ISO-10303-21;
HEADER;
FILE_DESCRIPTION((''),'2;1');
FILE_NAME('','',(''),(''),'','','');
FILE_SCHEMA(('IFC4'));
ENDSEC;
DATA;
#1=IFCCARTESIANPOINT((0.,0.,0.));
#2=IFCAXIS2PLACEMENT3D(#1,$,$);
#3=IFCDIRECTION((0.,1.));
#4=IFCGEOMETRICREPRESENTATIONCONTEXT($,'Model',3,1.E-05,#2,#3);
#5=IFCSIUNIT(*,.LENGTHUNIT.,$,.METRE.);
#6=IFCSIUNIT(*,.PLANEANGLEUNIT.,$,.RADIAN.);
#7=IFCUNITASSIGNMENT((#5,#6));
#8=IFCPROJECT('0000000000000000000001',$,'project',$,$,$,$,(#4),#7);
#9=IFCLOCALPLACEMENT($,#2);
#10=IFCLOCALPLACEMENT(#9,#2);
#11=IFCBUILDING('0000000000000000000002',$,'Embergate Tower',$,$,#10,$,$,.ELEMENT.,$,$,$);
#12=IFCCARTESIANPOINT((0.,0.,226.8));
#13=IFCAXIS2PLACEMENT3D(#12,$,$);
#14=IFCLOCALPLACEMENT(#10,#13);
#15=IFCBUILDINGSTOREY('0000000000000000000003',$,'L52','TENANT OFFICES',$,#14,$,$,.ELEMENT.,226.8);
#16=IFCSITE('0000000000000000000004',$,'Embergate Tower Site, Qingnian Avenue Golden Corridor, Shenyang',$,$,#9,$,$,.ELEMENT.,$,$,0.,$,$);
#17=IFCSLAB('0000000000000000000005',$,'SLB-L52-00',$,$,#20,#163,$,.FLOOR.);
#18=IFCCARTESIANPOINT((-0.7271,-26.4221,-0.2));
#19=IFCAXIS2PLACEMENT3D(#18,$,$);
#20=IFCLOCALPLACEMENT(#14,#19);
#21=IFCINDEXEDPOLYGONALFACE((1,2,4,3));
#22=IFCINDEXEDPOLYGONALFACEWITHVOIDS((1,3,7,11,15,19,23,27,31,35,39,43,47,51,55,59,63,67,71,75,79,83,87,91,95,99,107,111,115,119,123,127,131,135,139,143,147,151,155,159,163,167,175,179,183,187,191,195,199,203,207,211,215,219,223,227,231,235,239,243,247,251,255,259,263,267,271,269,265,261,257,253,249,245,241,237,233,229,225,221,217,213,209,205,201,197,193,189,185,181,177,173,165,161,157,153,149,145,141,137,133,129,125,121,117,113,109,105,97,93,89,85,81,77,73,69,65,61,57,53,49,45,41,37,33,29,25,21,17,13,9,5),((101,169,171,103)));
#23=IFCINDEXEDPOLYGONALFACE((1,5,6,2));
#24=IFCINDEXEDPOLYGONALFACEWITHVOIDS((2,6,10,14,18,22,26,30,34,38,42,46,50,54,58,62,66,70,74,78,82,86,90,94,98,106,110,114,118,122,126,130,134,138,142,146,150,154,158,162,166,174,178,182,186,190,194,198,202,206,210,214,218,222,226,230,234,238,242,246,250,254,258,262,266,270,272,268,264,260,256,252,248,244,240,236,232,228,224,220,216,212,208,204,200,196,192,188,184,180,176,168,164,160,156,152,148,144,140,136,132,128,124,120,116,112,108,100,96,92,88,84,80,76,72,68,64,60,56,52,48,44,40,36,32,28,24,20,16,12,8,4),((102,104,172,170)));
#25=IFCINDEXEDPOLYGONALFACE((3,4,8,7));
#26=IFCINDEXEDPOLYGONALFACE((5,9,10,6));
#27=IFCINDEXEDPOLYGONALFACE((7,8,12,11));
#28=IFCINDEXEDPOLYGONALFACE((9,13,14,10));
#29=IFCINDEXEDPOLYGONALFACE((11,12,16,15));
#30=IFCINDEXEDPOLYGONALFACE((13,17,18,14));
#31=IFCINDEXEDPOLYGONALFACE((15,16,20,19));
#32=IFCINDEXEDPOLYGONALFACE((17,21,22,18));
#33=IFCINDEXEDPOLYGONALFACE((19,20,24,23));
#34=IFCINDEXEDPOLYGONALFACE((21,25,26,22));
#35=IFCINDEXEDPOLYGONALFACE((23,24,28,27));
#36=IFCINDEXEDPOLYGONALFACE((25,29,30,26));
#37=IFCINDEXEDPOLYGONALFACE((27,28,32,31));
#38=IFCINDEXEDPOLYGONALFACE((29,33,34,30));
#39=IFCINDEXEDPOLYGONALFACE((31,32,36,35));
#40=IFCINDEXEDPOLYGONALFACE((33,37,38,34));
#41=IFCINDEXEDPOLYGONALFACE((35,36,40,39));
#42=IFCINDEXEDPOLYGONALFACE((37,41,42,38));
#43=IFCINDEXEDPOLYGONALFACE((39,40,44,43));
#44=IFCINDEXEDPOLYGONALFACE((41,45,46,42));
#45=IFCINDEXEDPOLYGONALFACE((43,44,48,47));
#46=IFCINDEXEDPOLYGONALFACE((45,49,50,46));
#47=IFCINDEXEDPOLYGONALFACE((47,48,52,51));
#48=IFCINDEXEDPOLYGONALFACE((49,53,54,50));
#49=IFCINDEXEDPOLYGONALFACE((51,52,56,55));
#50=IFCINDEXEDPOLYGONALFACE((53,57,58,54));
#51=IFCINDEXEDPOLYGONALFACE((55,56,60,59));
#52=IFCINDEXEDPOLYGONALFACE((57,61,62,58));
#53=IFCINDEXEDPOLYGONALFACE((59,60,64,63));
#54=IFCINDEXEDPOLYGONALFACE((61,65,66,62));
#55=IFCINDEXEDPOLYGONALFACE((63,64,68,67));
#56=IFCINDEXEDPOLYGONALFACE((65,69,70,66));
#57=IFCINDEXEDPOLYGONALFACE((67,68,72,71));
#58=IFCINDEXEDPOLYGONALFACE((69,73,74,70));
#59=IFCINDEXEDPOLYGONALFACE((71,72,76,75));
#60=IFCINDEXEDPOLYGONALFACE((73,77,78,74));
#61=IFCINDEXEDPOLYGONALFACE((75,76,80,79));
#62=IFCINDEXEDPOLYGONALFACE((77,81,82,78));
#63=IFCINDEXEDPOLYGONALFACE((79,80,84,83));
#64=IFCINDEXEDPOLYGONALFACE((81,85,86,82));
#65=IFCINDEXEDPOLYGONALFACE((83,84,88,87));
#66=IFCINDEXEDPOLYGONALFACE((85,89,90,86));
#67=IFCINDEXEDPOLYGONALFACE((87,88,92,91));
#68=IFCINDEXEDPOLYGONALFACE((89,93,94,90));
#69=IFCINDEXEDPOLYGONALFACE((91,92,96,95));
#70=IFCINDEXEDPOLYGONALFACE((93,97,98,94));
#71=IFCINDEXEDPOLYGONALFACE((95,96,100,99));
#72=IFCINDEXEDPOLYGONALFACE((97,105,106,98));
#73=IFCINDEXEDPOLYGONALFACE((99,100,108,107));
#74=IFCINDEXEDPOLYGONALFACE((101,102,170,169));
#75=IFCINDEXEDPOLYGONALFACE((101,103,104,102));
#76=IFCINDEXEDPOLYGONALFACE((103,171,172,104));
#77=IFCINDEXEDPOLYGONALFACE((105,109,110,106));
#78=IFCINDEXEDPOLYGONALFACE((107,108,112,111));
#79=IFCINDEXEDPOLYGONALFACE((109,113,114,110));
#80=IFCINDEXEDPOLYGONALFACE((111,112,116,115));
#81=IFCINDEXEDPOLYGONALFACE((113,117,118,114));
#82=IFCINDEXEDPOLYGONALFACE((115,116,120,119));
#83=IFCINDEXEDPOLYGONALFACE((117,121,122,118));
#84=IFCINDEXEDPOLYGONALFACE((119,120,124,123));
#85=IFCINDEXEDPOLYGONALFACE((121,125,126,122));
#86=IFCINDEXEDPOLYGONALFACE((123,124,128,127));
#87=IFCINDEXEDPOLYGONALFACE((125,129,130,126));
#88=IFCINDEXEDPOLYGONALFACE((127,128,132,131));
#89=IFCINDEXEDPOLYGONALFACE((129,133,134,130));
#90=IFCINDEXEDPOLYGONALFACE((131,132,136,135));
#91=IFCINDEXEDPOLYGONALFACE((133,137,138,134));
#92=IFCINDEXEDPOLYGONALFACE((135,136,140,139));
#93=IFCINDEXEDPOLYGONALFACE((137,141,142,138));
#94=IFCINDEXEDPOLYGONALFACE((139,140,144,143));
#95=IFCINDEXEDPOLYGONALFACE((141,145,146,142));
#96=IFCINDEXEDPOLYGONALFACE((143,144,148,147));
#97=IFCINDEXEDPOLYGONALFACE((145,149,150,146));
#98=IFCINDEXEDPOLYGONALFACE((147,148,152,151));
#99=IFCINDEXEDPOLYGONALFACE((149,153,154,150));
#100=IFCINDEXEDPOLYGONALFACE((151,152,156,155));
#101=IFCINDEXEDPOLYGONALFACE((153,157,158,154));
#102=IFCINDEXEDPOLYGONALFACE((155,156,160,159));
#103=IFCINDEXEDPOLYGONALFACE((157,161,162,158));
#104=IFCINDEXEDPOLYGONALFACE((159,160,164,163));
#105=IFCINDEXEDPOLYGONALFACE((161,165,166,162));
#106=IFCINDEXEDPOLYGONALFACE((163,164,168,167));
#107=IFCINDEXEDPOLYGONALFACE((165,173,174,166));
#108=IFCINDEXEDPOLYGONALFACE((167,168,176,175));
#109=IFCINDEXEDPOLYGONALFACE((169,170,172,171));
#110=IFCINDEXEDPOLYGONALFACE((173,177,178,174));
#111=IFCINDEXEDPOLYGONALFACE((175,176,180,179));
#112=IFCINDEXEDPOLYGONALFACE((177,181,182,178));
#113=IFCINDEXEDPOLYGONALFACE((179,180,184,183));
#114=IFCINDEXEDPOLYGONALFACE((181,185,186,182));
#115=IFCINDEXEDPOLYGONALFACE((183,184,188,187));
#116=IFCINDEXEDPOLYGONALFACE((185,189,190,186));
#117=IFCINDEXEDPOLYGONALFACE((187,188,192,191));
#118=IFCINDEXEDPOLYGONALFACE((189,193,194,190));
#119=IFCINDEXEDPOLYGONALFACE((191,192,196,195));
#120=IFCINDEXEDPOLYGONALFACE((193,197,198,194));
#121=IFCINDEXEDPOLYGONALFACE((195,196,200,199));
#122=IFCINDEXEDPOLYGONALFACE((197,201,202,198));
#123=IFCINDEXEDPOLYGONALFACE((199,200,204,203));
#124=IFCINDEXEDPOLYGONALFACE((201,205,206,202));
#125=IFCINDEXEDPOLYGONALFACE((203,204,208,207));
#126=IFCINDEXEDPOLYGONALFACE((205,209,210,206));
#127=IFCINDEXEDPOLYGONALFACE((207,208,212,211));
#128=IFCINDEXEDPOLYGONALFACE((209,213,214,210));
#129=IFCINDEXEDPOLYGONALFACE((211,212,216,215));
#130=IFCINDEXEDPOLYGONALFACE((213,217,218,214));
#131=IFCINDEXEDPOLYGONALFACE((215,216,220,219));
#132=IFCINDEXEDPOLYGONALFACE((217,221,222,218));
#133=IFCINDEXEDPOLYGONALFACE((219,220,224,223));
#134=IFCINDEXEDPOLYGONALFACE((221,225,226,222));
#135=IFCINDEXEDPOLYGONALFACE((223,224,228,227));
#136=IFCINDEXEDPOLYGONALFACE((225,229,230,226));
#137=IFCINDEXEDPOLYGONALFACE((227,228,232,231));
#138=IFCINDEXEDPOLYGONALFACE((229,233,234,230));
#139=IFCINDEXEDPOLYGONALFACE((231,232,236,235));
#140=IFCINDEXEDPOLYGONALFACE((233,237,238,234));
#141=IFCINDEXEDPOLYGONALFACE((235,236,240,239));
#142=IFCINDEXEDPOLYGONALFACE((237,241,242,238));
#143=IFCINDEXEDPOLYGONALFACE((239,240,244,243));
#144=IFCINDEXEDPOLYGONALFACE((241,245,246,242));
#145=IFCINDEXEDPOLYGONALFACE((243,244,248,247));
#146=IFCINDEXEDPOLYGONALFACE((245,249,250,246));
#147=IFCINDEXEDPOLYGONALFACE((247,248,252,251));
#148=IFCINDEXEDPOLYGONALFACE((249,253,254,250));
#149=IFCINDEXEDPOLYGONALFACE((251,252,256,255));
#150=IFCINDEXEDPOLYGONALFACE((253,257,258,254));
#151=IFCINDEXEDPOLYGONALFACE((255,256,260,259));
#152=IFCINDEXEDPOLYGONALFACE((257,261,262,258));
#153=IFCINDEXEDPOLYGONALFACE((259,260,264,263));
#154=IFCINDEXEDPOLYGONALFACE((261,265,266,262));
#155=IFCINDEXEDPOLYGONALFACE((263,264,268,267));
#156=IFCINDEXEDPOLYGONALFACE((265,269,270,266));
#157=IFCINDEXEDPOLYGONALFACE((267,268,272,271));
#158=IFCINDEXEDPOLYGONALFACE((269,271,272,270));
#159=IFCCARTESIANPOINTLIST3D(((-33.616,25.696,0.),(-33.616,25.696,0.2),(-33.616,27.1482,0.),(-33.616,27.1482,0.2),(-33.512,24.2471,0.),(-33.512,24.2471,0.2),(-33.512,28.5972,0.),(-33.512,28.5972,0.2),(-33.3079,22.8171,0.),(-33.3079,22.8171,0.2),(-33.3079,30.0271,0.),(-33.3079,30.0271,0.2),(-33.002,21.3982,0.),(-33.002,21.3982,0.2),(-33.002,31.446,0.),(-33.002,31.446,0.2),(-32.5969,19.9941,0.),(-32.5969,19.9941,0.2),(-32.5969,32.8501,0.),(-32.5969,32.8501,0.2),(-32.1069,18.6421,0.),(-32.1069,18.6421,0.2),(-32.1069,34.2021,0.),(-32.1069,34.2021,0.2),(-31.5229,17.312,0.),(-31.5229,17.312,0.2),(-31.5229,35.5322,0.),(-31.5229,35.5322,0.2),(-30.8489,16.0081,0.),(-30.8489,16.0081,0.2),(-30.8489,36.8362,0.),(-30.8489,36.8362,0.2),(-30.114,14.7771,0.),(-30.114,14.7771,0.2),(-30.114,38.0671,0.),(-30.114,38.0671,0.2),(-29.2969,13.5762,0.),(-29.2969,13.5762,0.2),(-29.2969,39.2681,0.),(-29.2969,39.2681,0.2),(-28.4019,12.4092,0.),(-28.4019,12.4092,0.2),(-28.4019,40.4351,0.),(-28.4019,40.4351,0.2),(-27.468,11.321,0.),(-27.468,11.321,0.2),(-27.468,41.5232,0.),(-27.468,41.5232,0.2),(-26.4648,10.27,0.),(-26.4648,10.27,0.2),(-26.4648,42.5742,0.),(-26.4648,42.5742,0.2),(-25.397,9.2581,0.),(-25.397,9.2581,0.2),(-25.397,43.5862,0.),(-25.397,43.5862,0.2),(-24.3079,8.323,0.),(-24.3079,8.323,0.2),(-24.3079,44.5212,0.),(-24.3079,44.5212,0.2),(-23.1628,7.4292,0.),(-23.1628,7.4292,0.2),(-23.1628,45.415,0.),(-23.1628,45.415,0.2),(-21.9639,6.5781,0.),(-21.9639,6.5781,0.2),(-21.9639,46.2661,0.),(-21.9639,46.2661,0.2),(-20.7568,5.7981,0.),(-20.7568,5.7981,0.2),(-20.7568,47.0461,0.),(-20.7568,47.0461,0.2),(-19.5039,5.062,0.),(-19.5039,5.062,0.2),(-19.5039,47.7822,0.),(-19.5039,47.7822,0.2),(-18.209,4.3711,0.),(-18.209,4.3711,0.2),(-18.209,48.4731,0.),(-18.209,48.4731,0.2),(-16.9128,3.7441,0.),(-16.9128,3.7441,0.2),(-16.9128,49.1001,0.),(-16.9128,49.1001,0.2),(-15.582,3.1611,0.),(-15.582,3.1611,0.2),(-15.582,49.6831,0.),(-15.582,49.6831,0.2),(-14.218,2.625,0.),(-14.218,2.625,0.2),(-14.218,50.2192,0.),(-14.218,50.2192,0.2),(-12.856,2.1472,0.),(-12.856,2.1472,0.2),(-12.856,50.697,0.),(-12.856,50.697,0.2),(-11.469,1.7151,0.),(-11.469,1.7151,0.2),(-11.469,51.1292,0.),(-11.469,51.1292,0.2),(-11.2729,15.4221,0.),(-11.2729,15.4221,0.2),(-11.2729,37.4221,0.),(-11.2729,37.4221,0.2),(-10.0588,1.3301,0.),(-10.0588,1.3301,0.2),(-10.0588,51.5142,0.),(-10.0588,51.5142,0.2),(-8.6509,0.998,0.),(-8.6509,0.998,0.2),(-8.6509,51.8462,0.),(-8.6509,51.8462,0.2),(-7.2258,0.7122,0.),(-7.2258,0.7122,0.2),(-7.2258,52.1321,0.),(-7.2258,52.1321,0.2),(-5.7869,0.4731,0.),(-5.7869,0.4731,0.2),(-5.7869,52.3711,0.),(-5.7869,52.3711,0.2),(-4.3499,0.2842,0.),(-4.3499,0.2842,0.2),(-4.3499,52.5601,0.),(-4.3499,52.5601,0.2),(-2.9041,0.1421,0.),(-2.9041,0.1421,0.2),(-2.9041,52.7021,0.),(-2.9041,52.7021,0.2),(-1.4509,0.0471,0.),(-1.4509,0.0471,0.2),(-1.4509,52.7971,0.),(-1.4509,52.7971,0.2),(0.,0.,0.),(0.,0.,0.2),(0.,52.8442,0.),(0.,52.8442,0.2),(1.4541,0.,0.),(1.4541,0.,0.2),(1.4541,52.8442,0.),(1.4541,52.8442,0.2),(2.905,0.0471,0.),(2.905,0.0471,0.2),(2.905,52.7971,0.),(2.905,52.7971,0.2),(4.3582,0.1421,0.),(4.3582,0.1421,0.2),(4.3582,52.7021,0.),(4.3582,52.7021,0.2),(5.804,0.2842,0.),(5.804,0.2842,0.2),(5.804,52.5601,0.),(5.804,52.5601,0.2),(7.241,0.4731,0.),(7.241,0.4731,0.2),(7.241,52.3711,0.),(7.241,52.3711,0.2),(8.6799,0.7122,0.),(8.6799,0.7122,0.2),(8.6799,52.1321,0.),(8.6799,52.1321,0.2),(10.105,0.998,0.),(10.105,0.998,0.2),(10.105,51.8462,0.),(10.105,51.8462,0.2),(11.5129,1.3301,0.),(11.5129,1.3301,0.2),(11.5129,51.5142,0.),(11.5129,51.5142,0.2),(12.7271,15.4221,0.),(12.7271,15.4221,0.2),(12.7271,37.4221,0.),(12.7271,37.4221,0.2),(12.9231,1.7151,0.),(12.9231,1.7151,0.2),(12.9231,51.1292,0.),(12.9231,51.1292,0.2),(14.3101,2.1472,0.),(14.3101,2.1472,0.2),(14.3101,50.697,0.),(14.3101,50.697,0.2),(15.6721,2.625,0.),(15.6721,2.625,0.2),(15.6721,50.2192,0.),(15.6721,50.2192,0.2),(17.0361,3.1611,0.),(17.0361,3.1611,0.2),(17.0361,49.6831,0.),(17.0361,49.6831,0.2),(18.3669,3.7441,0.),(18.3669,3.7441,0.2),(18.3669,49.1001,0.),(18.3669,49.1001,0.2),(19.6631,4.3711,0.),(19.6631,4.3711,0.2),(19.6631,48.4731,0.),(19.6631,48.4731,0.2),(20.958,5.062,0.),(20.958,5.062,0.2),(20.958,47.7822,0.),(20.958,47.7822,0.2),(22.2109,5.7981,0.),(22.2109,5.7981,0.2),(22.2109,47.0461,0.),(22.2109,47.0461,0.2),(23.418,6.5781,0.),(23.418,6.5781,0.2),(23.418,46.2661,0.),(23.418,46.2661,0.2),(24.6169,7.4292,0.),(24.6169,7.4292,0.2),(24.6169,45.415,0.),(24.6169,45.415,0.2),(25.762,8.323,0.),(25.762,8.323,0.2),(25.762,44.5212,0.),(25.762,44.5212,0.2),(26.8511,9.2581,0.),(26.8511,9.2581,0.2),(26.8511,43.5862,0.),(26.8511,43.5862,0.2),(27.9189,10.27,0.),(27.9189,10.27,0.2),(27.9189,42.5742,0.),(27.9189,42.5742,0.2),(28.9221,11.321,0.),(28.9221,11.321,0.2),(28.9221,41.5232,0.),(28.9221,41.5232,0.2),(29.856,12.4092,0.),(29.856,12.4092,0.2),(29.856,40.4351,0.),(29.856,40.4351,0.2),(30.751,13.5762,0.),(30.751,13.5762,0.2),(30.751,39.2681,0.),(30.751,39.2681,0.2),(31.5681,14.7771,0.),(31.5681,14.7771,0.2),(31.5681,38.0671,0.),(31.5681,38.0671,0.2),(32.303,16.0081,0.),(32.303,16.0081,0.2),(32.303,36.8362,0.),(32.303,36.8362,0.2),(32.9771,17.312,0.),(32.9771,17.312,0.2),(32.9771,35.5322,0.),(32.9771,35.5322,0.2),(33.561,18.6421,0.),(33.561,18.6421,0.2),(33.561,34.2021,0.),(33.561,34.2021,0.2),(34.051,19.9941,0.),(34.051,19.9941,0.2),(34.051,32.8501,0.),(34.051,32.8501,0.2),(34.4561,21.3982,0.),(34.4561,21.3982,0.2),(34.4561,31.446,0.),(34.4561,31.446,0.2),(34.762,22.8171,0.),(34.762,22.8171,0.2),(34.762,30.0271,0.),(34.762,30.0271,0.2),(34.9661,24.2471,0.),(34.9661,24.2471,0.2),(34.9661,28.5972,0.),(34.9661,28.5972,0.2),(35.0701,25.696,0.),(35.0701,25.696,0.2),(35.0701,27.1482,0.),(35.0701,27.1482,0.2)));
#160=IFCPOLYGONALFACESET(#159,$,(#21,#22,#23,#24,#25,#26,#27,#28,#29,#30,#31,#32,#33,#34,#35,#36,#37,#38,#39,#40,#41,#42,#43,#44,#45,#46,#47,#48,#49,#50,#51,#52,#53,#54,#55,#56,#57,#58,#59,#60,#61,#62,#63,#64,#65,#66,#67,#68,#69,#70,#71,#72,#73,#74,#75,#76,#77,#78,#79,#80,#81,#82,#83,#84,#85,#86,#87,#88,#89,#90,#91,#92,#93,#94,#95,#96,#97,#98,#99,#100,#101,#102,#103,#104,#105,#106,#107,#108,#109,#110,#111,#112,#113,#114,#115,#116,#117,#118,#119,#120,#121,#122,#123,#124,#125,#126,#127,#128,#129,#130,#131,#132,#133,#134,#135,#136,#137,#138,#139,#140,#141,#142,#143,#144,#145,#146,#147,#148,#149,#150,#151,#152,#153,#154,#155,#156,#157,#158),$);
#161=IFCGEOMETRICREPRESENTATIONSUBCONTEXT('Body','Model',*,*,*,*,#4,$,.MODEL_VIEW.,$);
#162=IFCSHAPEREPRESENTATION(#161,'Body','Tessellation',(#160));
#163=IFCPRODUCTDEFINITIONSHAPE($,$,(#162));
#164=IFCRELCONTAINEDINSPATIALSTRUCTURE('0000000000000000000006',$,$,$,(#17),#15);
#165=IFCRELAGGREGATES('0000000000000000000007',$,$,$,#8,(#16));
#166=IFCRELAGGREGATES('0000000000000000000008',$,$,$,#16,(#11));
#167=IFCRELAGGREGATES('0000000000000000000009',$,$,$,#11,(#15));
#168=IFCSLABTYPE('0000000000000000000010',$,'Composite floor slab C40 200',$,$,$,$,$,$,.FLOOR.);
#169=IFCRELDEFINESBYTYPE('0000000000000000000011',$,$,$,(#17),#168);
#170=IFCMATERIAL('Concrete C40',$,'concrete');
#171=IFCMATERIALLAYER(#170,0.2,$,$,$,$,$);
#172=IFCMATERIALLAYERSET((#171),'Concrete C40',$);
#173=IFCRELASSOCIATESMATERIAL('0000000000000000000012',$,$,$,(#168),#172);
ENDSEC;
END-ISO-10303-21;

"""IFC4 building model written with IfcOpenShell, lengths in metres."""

from ifc_helpers import new_model, si_unit, direction, frame, origin, place, context, subcontext, project, spatial, polyline, outline, extrude, source, transform, mapped, material, layer, layer_set, type_object, element, save


model = new_model("IFC4")

# Units and contexts
model_context = context("Model", 3, precision=1e-05, world=origin(), true_north=direction((0.0, 1.0)))
body_context = subcontext(model_context, "Body", "Model", "MODEL_VIEW")
ifc_project = project(units=[si_unit("LENGTHUNIT", "METRE"), si_unit("PLANEANGLEUNIT", "RADIAN")], contexts=[model_context])

# Site, building, storey
site_placement = place(None, origin())
site = spatial("IfcSite", under=ifc_project, at=site_placement, Name="Embergate Tower Site, Qingnian Avenue Golden Corridor, Shenyang", CompositionType="ELEMENT", RefElevation=0.0)
building_placement = place(site_placement, origin())
building = spatial("IfcBuilding", under=site, at=building_placement, Name="Embergate Tower", CompositionType="ELEMENT")
storey_placement = place(building_placement, frame((0.0, 0.0, 226.8)))
storey = spatial("IfcBuildingStorey", under=building, at=storey_placement, Name="L52", Description="TENANT OFFICES", CompositionType="ELEMENT", Elevation=226.8)

# Slab
ifc_material_1 = material(Name="Concrete C40", Category="concrete")
ifc_layer_1 = layer(ifc_material_1, 0.2)
ifc_layer_set_1 = layer_set([ifc_layer_1], Name="Concrete C40")
slab_type = type_object("IfcSlabType", Name="Composite floor slab C40 200", PredefinedType="FLOOR", material=ifc_layer_set_1)
shared_shape_1 = source(origin(), body_context, "Body", "SweptSolid", [
    extrude(outline(polyline([(0.0, 0.0), (1.4541, 0.0), (2.905, 0.0471), (4.3582, 0.1421), (5.804, 0.2842), (7.241, 0.4731), (8.6799, 0.7122), (10.105, 0.998), (11.5129, 1.3301), (12.9231, 1.7151), (14.3101, 2.1472), (15.6721, 2.625), (17.0361, 3.1611), (18.3669, 3.7441), (19.6631, 4.3711), (20.958, 5.062), (22.2109, 5.7981), (23.418, 6.5781), (24.6169, 7.4292), (25.762, 8.323), (26.8511, 9.2581), (27.9189, 10.27), (28.9221, 11.321), (29.856, 12.4092), (30.751, 13.5762), (31.5681, 14.7771), (32.303, 16.0081), (32.9771, 17.312), (33.561, 18.6421), (34.051, 19.9941), (34.4561, 21.3982), (34.762, 22.8171), (34.9661, 24.2471), (35.0701, 25.696), (35.0701, 27.1482), (34.9661, 28.5972), (34.762, 30.0271), (34.4561, 31.446), (34.051, 32.8501), (33.561, 34.2021), (32.9771, 35.5322), (32.303, 36.8362), (31.5681, 38.0671), (30.751, 39.2681), (29.856, 40.4351), (28.9221, 41.5232), (27.9189, 42.5742), (26.8511, 43.5862), (25.762, 44.5212), (24.6169, 45.415), (23.418, 46.2661), (22.2109, 47.0461), (20.958, 47.7822), (19.6631, 48.4731), (18.3669, 49.1001), (17.0361, 49.6831), (15.6721, 50.2192), (14.3101, 50.697), (12.9231, 51.1292), (11.5129, 51.5142), (10.105, 51.8462), (8.6799, 52.1321), (7.241, 52.3711), (5.804, 52.5601), (4.3582, 52.7021), (2.905, 52.7971), (1.4541, 52.8442), (0.0, 52.8442), (-1.4509, 52.7971), (-2.9041, 52.7021), (-4.3499, 52.5601), (-5.7869, 52.3711), (-7.2258, 52.1321), (-8.6509, 51.8462), (-10.0588, 51.5142), (-11.469, 51.1292), (-12.856, 50.697), (-14.218, 50.2192), (-15.582, 49.6831), (-16.9128, 49.1001), (-18.209, 48.4731), (-19.5039, 47.7822), (-20.7568, 47.0461), (-21.9639, 46.2661), (-23.1628, 45.415), (-24.3079, 44.5212), (-25.397, 43.5862), (-26.4648, 42.5742), (-27.468, 41.5232), (-28.4019, 40.4351), (-29.2969, 39.2681), (-30.114, 38.0671), (-30.8489, 36.8362), (-31.5229, 35.5322), (-32.1069, 34.2021), (-32.5969, 32.8501), (-33.002, 31.446), (-33.3079, 30.0271), (-33.512, 28.5972), (-33.616, 27.1482), (-33.616, 25.696), (-33.512, 24.2471), (-33.3079, 22.8171), (-33.002, 21.3982), (-32.5969, 19.9941), (-32.1069, 18.6421), (-31.5229, 17.312), (-30.8489, 16.0081), (-30.114, 14.7771), (-29.2969, 13.5762), (-28.4019, 12.4092), (-27.468, 11.321), (-26.4648, 10.27), (-25.397, 9.2581), (-24.3079, 8.323), (-23.1628, 7.4292), (-21.9639, 6.5781), (-20.7568, 5.7981), (-19.5039, 5.062), (-18.209, 4.3711), (-16.9128, 3.7441), (-15.582, 3.1611), (-14.218, 2.625), (-12.856, 2.1472), (-11.469, 1.7151), (-10.0588, 1.3301), (-8.6509, 0.998), (-7.2258, 0.7122), (-5.7869, 0.4731), (-4.3499, 0.2842), (-2.9041, 0.1421), (-1.4509, 0.0471), (0.0, 0.0)]), holes=[polyline([(-11.2729, 15.4221), (-11.2729, 37.4221), (12.7271, 37.4221), (12.7271, 15.4221), (-11.2729, 15.4221)])]), origin(), (0.0, 0.0, 1.0), 0.2),
])
slab_placement = place(storey_placement, frame((-0.7271, -26.4221, -0.2)))
element("IfcSlab", 1, at=slab_placement, inside=storey, type_object=slab_type, Name="SLB-L52-00", PredefinedType="FLOOR", context=body_context, shape_type="MappedRepresentation", body=[
    mapped(shared_shape_1, transform((0.0, 0.0, 0.0))),
])

save(model, "model.ifc")
